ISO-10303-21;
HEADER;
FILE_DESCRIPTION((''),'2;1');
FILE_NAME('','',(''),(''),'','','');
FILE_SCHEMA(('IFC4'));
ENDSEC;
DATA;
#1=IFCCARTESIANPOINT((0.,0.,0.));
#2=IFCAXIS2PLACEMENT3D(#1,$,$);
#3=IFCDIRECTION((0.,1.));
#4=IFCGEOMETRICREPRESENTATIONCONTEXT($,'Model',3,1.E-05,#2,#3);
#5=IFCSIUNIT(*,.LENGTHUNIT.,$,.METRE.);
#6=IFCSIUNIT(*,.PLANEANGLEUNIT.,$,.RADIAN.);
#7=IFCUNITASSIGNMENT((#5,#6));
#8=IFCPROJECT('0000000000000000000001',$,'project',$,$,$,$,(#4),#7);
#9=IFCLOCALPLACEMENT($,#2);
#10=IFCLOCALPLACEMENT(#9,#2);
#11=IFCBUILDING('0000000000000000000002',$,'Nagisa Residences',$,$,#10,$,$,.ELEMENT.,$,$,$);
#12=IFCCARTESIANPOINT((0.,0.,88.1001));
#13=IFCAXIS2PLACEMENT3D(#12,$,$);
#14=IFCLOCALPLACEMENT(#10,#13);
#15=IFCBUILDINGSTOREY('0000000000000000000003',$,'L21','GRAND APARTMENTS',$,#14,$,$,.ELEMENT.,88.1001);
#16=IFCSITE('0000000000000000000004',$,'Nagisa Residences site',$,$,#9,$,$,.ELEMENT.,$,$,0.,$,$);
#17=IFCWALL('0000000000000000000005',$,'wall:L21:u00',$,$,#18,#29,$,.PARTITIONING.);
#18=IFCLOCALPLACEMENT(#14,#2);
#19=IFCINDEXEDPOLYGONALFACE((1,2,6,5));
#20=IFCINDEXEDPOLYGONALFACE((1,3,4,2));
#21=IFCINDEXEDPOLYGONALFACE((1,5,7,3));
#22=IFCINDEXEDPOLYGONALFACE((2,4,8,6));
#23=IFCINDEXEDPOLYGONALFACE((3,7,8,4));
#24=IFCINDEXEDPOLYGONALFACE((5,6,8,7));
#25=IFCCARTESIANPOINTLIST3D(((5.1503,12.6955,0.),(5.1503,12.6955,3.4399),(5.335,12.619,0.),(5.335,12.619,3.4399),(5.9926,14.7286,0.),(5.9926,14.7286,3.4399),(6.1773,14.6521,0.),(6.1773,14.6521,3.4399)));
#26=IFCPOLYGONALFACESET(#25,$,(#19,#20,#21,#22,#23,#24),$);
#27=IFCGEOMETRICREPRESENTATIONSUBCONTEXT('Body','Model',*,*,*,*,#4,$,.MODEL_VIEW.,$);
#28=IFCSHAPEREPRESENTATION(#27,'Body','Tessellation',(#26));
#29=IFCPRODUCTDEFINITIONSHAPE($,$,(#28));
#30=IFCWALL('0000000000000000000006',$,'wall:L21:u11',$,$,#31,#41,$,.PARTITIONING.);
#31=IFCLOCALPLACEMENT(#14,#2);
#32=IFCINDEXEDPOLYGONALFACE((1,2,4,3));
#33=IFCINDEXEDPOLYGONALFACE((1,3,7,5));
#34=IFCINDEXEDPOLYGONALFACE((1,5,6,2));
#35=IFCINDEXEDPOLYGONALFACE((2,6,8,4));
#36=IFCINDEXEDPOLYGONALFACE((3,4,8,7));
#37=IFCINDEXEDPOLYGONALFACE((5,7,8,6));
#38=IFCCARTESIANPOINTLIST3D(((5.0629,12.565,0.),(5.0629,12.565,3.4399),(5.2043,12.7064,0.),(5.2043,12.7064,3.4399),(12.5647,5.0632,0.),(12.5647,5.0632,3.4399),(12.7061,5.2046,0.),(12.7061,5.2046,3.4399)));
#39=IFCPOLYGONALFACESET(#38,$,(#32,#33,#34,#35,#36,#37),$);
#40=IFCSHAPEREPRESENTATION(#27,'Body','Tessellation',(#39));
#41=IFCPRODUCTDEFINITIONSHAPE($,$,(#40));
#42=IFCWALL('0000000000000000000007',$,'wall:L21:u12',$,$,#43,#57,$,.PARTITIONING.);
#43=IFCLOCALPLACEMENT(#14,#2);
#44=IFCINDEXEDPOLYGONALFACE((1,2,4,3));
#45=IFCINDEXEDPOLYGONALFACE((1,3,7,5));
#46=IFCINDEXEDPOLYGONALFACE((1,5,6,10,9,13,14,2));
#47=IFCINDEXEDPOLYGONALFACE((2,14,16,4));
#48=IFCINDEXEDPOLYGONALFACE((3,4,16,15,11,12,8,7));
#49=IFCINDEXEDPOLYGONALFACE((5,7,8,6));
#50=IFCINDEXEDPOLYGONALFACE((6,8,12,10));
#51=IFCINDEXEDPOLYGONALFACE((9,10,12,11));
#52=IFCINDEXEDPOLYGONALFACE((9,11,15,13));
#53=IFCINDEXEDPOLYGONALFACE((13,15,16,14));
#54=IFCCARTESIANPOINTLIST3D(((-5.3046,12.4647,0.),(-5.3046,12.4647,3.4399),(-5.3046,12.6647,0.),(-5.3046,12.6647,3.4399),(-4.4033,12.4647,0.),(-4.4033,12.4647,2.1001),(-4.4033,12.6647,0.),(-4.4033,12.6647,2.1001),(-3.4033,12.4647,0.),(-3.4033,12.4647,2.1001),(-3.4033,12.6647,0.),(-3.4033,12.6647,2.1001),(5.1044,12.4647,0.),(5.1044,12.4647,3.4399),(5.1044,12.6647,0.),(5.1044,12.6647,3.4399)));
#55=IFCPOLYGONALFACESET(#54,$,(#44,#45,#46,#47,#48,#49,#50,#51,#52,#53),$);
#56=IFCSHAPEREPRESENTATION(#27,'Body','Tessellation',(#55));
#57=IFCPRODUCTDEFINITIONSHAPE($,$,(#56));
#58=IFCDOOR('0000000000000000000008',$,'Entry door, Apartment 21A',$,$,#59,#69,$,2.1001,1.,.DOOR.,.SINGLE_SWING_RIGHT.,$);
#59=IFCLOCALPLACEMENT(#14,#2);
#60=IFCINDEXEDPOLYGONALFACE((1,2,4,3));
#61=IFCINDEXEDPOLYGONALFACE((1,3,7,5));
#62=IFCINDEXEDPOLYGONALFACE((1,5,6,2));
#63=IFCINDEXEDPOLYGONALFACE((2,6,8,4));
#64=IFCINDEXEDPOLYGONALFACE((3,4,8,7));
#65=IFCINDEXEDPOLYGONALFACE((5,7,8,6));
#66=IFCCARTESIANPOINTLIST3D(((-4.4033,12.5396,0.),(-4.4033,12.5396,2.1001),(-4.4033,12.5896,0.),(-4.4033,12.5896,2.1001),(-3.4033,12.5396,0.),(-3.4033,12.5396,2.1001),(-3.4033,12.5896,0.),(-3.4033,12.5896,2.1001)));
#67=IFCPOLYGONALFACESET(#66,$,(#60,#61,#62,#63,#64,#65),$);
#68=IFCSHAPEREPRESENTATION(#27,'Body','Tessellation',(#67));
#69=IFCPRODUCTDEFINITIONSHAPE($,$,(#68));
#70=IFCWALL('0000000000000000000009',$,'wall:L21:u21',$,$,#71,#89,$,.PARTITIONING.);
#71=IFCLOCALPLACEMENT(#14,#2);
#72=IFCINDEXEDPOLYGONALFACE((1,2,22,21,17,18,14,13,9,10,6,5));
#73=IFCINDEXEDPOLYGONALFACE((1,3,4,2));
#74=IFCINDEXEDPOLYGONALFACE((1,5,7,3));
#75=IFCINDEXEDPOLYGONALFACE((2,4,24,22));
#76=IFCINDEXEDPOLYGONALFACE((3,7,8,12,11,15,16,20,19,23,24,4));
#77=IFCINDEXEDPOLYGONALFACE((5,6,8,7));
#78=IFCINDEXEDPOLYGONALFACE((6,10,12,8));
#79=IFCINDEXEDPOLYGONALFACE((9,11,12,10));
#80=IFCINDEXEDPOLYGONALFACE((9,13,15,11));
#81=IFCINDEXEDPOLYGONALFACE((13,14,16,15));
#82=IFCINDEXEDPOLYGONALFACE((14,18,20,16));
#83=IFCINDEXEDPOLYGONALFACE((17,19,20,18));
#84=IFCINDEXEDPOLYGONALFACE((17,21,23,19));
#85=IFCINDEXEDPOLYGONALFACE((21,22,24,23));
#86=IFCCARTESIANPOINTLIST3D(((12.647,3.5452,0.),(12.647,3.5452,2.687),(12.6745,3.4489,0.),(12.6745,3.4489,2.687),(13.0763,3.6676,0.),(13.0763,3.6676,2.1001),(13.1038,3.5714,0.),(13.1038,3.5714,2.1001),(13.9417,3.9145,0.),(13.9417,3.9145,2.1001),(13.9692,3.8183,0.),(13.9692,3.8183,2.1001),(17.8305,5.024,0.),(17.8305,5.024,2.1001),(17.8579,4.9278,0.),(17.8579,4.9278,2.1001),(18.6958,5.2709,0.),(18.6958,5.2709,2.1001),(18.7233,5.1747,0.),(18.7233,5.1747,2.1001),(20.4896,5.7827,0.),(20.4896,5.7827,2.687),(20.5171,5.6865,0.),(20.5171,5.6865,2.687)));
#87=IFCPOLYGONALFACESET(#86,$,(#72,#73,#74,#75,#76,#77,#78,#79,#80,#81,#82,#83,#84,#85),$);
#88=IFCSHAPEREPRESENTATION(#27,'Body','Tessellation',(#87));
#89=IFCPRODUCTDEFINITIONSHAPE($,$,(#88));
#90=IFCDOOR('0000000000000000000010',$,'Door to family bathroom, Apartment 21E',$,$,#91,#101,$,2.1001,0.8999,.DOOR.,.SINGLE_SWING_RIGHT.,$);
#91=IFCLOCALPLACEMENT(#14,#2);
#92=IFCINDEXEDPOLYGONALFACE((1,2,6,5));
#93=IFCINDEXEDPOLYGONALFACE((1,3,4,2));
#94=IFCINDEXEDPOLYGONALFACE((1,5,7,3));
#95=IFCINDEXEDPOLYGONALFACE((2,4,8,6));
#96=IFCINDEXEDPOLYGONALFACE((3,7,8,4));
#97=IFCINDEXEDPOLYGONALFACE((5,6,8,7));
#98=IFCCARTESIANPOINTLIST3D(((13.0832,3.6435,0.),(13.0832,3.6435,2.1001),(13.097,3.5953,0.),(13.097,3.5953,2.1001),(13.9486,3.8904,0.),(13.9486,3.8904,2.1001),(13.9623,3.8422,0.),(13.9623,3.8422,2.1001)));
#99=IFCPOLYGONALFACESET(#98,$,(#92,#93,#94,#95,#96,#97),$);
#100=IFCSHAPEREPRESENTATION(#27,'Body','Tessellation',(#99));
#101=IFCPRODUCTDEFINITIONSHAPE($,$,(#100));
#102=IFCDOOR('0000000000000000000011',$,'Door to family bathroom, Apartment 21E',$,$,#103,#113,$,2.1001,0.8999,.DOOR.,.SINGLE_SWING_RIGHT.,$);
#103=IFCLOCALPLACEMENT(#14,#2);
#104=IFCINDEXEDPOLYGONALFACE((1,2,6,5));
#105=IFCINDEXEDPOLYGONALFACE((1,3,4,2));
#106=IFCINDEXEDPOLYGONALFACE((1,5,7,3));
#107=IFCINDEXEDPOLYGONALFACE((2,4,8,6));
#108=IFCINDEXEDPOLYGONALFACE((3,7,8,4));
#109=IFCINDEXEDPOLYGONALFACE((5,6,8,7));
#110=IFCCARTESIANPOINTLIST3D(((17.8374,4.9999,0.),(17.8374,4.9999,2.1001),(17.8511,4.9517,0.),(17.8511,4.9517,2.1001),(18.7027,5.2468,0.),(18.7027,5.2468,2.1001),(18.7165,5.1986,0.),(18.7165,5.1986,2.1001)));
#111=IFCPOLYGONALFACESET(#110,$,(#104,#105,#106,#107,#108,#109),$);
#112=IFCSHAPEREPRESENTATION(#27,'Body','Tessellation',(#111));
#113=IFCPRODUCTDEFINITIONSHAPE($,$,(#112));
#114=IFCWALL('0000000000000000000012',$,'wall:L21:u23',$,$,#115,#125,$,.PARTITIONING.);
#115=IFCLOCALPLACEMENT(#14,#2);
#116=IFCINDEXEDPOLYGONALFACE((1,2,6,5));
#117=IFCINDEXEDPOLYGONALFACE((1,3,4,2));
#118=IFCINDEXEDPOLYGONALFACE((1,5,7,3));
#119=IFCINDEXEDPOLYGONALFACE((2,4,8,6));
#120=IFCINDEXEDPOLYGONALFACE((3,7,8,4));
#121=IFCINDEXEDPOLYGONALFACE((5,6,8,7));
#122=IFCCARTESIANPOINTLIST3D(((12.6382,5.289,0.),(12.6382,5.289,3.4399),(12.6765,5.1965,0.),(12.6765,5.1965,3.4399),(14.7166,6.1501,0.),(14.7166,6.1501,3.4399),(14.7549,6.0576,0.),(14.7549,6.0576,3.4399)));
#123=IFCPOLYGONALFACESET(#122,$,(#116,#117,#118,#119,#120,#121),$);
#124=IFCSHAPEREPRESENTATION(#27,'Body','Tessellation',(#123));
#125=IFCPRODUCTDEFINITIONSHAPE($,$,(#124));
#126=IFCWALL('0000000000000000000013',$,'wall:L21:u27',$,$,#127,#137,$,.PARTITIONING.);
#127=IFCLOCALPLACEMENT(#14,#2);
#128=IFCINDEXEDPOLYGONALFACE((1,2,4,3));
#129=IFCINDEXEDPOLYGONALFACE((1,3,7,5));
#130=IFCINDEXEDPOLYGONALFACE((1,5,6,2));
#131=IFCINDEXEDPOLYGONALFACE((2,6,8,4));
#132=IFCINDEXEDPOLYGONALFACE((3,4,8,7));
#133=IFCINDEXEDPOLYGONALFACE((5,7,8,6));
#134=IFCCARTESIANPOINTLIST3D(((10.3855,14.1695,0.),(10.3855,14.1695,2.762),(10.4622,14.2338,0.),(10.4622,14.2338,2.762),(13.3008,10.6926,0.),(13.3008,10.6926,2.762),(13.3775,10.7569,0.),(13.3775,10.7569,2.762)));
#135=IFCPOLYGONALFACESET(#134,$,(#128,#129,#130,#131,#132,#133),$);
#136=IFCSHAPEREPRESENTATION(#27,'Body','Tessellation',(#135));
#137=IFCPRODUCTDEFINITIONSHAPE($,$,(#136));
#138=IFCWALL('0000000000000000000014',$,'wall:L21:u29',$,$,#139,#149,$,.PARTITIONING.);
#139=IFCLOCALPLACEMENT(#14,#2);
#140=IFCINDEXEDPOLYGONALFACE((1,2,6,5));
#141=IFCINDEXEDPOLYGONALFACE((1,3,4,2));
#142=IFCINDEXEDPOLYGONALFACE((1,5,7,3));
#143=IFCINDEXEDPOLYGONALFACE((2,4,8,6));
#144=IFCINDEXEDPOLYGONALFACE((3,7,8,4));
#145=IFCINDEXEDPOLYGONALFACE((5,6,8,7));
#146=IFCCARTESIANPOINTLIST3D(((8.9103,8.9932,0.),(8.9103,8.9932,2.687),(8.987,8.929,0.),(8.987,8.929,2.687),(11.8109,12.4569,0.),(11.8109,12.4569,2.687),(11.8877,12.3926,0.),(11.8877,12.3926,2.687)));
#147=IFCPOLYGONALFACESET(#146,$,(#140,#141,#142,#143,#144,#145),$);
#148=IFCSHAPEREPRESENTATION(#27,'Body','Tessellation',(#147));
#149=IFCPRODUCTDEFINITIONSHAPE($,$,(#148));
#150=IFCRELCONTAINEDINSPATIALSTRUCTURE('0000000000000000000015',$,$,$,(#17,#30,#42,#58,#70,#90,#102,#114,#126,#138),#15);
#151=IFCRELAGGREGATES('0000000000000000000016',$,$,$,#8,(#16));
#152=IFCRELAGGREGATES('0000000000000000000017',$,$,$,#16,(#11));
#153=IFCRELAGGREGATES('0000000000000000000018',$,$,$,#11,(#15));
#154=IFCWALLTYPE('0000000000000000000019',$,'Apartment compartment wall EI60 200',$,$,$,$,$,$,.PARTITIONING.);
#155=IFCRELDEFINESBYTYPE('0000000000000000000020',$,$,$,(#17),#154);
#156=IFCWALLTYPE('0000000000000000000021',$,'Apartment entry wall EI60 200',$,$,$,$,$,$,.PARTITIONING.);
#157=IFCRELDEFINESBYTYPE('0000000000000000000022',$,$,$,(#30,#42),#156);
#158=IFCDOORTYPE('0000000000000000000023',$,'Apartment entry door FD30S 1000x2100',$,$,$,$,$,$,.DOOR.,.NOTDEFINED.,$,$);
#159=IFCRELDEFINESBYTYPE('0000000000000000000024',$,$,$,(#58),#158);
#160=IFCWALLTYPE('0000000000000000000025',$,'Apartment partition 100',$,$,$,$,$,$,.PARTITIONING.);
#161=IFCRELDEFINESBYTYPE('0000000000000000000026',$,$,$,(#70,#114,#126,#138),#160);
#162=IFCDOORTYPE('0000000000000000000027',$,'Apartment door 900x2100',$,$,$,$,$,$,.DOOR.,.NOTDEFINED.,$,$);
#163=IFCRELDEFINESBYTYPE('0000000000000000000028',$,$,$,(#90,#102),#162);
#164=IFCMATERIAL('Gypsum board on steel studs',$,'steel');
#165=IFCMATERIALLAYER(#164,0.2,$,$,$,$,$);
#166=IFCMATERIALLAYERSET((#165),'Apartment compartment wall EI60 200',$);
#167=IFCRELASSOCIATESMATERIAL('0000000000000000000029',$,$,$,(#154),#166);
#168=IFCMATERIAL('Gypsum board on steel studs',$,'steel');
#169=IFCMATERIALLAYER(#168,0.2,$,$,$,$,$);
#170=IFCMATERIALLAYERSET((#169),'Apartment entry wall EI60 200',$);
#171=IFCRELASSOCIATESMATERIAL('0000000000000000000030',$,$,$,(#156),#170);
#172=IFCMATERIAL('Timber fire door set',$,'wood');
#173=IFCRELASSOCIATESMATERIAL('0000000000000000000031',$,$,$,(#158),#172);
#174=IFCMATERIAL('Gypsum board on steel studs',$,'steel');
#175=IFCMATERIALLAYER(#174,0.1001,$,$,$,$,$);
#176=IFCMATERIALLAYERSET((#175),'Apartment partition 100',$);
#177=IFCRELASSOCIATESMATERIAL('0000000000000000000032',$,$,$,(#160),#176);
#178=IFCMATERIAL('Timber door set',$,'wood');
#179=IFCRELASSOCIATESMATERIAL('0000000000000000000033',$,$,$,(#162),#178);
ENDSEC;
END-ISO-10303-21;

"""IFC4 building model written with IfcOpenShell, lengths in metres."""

from ifc_helpers import new_model, si_unit, direction, frame, frame_2d, origin, place, context, subcontext, project, spatial, rectangle, extrude, material, layer, layer_set, type_object, element, fill, save


model = new_model("IFC4")

# Units and contexts
model_context = context("Model", 3, precision=1e-05, world=origin(), true_north=direction((0.0, 1.0)))
body_context = subcontext(model_context, "Body", "Model", "MODEL_VIEW")
ifc_project = project(units=[si_unit("LENGTHUNIT", "METRE"), si_unit("PLANEANGLEUNIT", "RADIAN")], contexts=[model_context])

# Site, building, storey
site_placement = place(None, origin())
site = spatial("IfcSite", under=ifc_project, at=site_placement, Name="Nagisa Residences site", CompositionType="ELEMENT", RefElevation=0.0)
building_placement = place(site_placement, origin())
building = spatial("IfcBuilding", under=site, at=building_placement, Name="Nagisa Residences", CompositionType="ELEMENT")
storey_placement = place(building_placement, frame((0.0, 0.0, 88.1001)))
storey = spatial("IfcBuildingStorey", under=building, at=storey_placement, Name="L21", Description="GRAND APARTMENTS", CompositionType="ELEMENT", Elevation=88.1001)

# Walls
ifc_material_1 = material(Name="Gypsum board on steel studs", Category="steel")
ifc_layer_1 = layer(ifc_material_1, 0.2)
ifc_layer_set_1 = layer_set([ifc_layer_1], Name="Apartment compartment wall EI60 200")
wall_type_1 = type_object("IfcWallType", Name="Apartment compartment wall EI60 200", PredefinedType="PARTITIONING", material=ifc_layer_set_1)
wall_1_placement = place(storey_placement, frame((5.2427, 12.6572, 0.0), z_axis=(0.0, 0.0, 1.0), x_axis=(0.382724, 0.923863, 0.0)))
element("IfcWall", 1, at=wall_1_placement, inside=storey, type_object=wall_type_1, Name="wall:L21:u00", PredefinedType="PARTITIONING", context=body_context, shape_type="SweptSolid", body=[
    extrude(rectangle(XDim=2.2007, YDim=0.2, at=frame_2d((1.1003, 0.0))), origin(), (0.0, 0.0, 1.0), 3.4399),
])
ifc_material_2 = material(Name="Gypsum board on steel studs", Category="steel")
ifc_layer_2 = layer(ifc_material_2, 0.2)
ifc_layer_set_2 = layer_set([ifc_layer_2], Name="Apartment entry wall EI60 200")
wall_type_2 = type_object("IfcWallType", Name="Apartment entry wall EI60 200", PredefinedType="PARTITIONING", material=ifc_layer_set_2)
wall_2_placement = place(storey_placement, frame((12.6355, 5.1338, 0.0), z_axis=(0.0, 0.0, 1.0), x_axis=(-0.707107, 0.707107, 0.0)))
element("IfcWall", 2, at=wall_2_placement, inside=storey, type_object=wall_type_2, Name="wall:L21:u11", PredefinedType="PARTITIONING", context=body_context, shape_type="SweptSolid", body=[
    extrude(rectangle(XDim=10.6091, YDim=0.2, at=frame_2d((5.3047, 0.0))), origin(), (0.0, 0.0, 1.0), 3.4399),
])

# Wall, opening, door
wall_3_placement = place(storey_placement, frame((5.1045, 12.5647, 0.0), z_axis=(0.0, 0.0, 1.0), x_axis=(-1.0, 0.0, 0.0)))
wall_3 = element("IfcWall", 3, at=wall_3_placement, inside=storey, type_object=wall_type_2, Name="wall:L21:u12", PredefinedType="PARTITIONING", context=body_context, shape_type="SweptSolid", body=[
    extrude(rectangle(XDim=10.4089, YDim=0.2, at=frame_2d((5.2046, 0.0))), origin(), (0.0, 0.0, 1.0), 3.4399),
])
opening_1_placement = place(wall_3_placement, frame((8.5078, 0.0, 0.0)))
opening_1 = element("IfcOpeningElement", 4, at=opening_1_placement, cuts=wall_3, PredefinedType="OPENING", context=body_context, shape_type="SweptSolid", body=[
    extrude(rectangle(XDim=1.0, YDim=2.1001, at=frame_2d((0.5, 1.05))), frame((0.0, 0.1099, 0.0), z_axis=(0.0, -1.0, 0.0), x_axis=(1.0, 0.0, 0.0)), (0.0, 0.0, 1.0), 0.22),
])
ifc_material_3 = material(Name="Timber fire door set", Category="wood")
door_type_1 = type_object("IfcDoorType", Name="Apartment entry door FD30S 1000x2100", OperationType="NOTDEFINED", PredefinedType="DOOR", material=ifc_material_3)
door_1_placement = place(opening_1_placement, frame((1.0, 0.0, 0.0), x_axis=(-1.0, 0.0, 0.0)))
door_1 = element("IfcDoor", 5, at=door_1_placement, inside=storey, type_object=door_type_1, Name="Entry door, Apartment 21A", OperationType="SINGLE_SWING_RIGHT", OverallHeight=2.1001, OverallWidth=1.0, PredefinedType="DOOR", context=body_context, shape_type="SweptSolid", body=[
    extrude(rectangle(XDim=1.0, YDim=2.1001, at=frame_2d((0.5, 1.05))), frame((0.0, 0.0249, 0.0), z_axis=(0.0, -1.0, 0.0), x_axis=(1.0, 0.0, 0.0)), (0.0, 0.0, 1.0), 0.05),
])
fill(opening_1, door_1)

# Wall, openings, doors
ifc_material_4 = material(Name="Gypsum board on steel studs", Category="steel")
ifc_layer_3 = layer(ifc_material_4, 0.1001)
ifc_layer_set_3 = layer_set([ifc_layer_3], Name="Apartment partition 100")
wall_type_3 = type_object("IfcWallType", Name="Apartment partition 100", PredefinedType="PARTITIONING", material=ifc_layer_set_3)
wall_4_placement = place(storey_placement, frame((12.6609, 3.4971, 0.0), z_axis=(0.0, 0.0, 1.0), x_axis=(0.961627, 0.274361, 0.0)))
wall_4 = element("IfcWall", 6, at=wall_4_placement, inside=storey, type_object=wall_type_3, Name="wall:L21:u21", PredefinedType="PARTITIONING", context=body_context, shape_type="SweptSolid", body=[
    extrude(rectangle(XDim=8.1555, YDim=0.1001, at=frame_2d((4.0776, 0.0))), origin(), (0.0, 0.0, 1.0), 2.687),
])
opening_2_placement = place(wall_4_placement, frame((0.4463, 0.0, 0.0)))
opening_2 = element("IfcOpeningElement", 7, at=opening_2_placement, cuts=wall_4, PredefinedType="OPENING", context=body_context, shape_type="SweptSolid", body=[
    extrude(rectangle(XDim=0.8999, YDim=2.1001, at=frame_2d((0.45, 1.05))), frame((0.0, 0.0601, 0.0), z_axis=(0.0, -1.0, 0.0), x_axis=(1.0, 0.0, 0.0)), (0.0, 0.0, 1.0), 0.1201),
])
opening_3_placement = place(wall_4_placement, frame((5.3901, 0.0, 0.0)))
opening_3 = element("IfcOpeningElement", 8, at=opening_3_placement, cuts=wall_4, PredefinedType="OPENING", context=body_context, shape_type="SweptSolid", body=[
    extrude(rectangle(XDim=0.8999, YDim=2.1001, at=frame_2d((0.45, 1.05))), frame((0.0, 0.0601, 0.0), z_axis=(0.0, -1.0, 0.0), x_axis=(1.0, 0.0, 0.0)), (0.0, 0.0, 1.0), 0.1201),
])
ifc_material_5 = material(Name="Timber door set", Category="wood")
door_type_2 = type_object("IfcDoorType", Name="Apartment door 900x2100", OperationType="NOTDEFINED", PredefinedType="DOOR", material=ifc_material_5)
door_2_placement = place(opening_2_placement, origin())
door_2 = element("IfcDoor", 9, at=door_2_placement, inside=storey, type_object=door_type_2, Name="Door to family bathroom, Apartment 21E", OperationType="SINGLE_SWING_RIGHT", OverallHeight=2.1001, OverallWidth=0.8999, PredefinedType="DOOR", context=body_context, shape_type="SweptSolid", body=[
    extrude(rectangle(XDim=0.8999, YDim=2.1001, at=frame_2d((0.45, 1.05))), frame((0.0, 0.0249, 0.0), z_axis=(0.0, -1.0, 0.0), x_axis=(1.0, 0.0, 0.0)), (0.0, 0.0, 1.0), 0.05),
])
fill(opening_2, door_2)
door_3_placement = place(opening_3_placement, origin())
door_3 = element("IfcDoor", 10, at=door_3_placement, inside=storey, type_object=door_type_2, Name="Door to family bathroom, Apartment 21E", OperationType="SINGLE_SWING_RIGHT", OverallHeight=2.1001, OverallWidth=0.8999, PredefinedType="DOOR", context=body_context, shape_type="SweptSolid", body=[
    extrude(rectangle(XDim=0.8999, YDim=2.1001, at=frame_2d((0.45, 1.05))), frame((0.0, 0.0249, 0.0), z_axis=(0.0, -1.0, 0.0), x_axis=(1.0, 0.0, 0.0)), (0.0, 0.0, 1.0), 0.05),
])
fill(opening_3, door_3)

# Walls
wall_5_placement = place(storey_placement, frame((12.6572, 5.2427, 0.0), z_axis=(0.0, 0.0, 1.0), x_axis=(0.923849, 0.382758, 0.0)))
element("IfcWall", 11, at=wall_5_placement, inside=storey, type_object=wall_type_3, Name="wall:L21:u23", PredefinedType="PARTITIONING", context=body_context, shape_type="SweptSolid", body=[
    extrude(rectangle(XDim=2.2498, YDim=0.1001, at=frame_2d((1.125, 0.0))), origin(), (0.0, 0.0, 1.0), 3.4399),
])
wall_6_placement = place(storey_placement, frame((13.3391, 10.7249, 0.0), z_axis=(0.0, 0.0, 1.0), x_axis=(-0.642515, 0.766273, 0.0)))
element("IfcWall", 12, at=wall_6_placement, inside=storey, type_object=wall_type_3, Name="wall:L21:u27", PredefinedType="PARTITIONING", context=body_context, shape_type="SweptSolid", body=[
    extrude(rectangle(XDim=4.5374, YDim=0.1001, at=frame_2d((2.2686, 0.0))), origin(), (0.0, 0.0, 1.0), 2.762),
])
wall_7_placement = place(storey_placement, frame((8.9487, 8.9612, 0.0), z_axis=(0.0, 0.0, 1.0), x_axis=(0.642048, 0.766664, 0.0)))
element("IfcWall", 13, at=wall_7_placement, inside=storey, type_object=wall_type_3, Name="wall:L21:u29", PredefinedType="PARTITIONING", context=body_context, shape_type="SweptSolid", body=[
    extrude(rectangle(XDim=4.5178, YDim=0.1001, at=frame_2d((2.2588, 0.0))), origin(), (0.0, 0.0, 1.0), 2.687),
])

save(model, "model.ifc")
